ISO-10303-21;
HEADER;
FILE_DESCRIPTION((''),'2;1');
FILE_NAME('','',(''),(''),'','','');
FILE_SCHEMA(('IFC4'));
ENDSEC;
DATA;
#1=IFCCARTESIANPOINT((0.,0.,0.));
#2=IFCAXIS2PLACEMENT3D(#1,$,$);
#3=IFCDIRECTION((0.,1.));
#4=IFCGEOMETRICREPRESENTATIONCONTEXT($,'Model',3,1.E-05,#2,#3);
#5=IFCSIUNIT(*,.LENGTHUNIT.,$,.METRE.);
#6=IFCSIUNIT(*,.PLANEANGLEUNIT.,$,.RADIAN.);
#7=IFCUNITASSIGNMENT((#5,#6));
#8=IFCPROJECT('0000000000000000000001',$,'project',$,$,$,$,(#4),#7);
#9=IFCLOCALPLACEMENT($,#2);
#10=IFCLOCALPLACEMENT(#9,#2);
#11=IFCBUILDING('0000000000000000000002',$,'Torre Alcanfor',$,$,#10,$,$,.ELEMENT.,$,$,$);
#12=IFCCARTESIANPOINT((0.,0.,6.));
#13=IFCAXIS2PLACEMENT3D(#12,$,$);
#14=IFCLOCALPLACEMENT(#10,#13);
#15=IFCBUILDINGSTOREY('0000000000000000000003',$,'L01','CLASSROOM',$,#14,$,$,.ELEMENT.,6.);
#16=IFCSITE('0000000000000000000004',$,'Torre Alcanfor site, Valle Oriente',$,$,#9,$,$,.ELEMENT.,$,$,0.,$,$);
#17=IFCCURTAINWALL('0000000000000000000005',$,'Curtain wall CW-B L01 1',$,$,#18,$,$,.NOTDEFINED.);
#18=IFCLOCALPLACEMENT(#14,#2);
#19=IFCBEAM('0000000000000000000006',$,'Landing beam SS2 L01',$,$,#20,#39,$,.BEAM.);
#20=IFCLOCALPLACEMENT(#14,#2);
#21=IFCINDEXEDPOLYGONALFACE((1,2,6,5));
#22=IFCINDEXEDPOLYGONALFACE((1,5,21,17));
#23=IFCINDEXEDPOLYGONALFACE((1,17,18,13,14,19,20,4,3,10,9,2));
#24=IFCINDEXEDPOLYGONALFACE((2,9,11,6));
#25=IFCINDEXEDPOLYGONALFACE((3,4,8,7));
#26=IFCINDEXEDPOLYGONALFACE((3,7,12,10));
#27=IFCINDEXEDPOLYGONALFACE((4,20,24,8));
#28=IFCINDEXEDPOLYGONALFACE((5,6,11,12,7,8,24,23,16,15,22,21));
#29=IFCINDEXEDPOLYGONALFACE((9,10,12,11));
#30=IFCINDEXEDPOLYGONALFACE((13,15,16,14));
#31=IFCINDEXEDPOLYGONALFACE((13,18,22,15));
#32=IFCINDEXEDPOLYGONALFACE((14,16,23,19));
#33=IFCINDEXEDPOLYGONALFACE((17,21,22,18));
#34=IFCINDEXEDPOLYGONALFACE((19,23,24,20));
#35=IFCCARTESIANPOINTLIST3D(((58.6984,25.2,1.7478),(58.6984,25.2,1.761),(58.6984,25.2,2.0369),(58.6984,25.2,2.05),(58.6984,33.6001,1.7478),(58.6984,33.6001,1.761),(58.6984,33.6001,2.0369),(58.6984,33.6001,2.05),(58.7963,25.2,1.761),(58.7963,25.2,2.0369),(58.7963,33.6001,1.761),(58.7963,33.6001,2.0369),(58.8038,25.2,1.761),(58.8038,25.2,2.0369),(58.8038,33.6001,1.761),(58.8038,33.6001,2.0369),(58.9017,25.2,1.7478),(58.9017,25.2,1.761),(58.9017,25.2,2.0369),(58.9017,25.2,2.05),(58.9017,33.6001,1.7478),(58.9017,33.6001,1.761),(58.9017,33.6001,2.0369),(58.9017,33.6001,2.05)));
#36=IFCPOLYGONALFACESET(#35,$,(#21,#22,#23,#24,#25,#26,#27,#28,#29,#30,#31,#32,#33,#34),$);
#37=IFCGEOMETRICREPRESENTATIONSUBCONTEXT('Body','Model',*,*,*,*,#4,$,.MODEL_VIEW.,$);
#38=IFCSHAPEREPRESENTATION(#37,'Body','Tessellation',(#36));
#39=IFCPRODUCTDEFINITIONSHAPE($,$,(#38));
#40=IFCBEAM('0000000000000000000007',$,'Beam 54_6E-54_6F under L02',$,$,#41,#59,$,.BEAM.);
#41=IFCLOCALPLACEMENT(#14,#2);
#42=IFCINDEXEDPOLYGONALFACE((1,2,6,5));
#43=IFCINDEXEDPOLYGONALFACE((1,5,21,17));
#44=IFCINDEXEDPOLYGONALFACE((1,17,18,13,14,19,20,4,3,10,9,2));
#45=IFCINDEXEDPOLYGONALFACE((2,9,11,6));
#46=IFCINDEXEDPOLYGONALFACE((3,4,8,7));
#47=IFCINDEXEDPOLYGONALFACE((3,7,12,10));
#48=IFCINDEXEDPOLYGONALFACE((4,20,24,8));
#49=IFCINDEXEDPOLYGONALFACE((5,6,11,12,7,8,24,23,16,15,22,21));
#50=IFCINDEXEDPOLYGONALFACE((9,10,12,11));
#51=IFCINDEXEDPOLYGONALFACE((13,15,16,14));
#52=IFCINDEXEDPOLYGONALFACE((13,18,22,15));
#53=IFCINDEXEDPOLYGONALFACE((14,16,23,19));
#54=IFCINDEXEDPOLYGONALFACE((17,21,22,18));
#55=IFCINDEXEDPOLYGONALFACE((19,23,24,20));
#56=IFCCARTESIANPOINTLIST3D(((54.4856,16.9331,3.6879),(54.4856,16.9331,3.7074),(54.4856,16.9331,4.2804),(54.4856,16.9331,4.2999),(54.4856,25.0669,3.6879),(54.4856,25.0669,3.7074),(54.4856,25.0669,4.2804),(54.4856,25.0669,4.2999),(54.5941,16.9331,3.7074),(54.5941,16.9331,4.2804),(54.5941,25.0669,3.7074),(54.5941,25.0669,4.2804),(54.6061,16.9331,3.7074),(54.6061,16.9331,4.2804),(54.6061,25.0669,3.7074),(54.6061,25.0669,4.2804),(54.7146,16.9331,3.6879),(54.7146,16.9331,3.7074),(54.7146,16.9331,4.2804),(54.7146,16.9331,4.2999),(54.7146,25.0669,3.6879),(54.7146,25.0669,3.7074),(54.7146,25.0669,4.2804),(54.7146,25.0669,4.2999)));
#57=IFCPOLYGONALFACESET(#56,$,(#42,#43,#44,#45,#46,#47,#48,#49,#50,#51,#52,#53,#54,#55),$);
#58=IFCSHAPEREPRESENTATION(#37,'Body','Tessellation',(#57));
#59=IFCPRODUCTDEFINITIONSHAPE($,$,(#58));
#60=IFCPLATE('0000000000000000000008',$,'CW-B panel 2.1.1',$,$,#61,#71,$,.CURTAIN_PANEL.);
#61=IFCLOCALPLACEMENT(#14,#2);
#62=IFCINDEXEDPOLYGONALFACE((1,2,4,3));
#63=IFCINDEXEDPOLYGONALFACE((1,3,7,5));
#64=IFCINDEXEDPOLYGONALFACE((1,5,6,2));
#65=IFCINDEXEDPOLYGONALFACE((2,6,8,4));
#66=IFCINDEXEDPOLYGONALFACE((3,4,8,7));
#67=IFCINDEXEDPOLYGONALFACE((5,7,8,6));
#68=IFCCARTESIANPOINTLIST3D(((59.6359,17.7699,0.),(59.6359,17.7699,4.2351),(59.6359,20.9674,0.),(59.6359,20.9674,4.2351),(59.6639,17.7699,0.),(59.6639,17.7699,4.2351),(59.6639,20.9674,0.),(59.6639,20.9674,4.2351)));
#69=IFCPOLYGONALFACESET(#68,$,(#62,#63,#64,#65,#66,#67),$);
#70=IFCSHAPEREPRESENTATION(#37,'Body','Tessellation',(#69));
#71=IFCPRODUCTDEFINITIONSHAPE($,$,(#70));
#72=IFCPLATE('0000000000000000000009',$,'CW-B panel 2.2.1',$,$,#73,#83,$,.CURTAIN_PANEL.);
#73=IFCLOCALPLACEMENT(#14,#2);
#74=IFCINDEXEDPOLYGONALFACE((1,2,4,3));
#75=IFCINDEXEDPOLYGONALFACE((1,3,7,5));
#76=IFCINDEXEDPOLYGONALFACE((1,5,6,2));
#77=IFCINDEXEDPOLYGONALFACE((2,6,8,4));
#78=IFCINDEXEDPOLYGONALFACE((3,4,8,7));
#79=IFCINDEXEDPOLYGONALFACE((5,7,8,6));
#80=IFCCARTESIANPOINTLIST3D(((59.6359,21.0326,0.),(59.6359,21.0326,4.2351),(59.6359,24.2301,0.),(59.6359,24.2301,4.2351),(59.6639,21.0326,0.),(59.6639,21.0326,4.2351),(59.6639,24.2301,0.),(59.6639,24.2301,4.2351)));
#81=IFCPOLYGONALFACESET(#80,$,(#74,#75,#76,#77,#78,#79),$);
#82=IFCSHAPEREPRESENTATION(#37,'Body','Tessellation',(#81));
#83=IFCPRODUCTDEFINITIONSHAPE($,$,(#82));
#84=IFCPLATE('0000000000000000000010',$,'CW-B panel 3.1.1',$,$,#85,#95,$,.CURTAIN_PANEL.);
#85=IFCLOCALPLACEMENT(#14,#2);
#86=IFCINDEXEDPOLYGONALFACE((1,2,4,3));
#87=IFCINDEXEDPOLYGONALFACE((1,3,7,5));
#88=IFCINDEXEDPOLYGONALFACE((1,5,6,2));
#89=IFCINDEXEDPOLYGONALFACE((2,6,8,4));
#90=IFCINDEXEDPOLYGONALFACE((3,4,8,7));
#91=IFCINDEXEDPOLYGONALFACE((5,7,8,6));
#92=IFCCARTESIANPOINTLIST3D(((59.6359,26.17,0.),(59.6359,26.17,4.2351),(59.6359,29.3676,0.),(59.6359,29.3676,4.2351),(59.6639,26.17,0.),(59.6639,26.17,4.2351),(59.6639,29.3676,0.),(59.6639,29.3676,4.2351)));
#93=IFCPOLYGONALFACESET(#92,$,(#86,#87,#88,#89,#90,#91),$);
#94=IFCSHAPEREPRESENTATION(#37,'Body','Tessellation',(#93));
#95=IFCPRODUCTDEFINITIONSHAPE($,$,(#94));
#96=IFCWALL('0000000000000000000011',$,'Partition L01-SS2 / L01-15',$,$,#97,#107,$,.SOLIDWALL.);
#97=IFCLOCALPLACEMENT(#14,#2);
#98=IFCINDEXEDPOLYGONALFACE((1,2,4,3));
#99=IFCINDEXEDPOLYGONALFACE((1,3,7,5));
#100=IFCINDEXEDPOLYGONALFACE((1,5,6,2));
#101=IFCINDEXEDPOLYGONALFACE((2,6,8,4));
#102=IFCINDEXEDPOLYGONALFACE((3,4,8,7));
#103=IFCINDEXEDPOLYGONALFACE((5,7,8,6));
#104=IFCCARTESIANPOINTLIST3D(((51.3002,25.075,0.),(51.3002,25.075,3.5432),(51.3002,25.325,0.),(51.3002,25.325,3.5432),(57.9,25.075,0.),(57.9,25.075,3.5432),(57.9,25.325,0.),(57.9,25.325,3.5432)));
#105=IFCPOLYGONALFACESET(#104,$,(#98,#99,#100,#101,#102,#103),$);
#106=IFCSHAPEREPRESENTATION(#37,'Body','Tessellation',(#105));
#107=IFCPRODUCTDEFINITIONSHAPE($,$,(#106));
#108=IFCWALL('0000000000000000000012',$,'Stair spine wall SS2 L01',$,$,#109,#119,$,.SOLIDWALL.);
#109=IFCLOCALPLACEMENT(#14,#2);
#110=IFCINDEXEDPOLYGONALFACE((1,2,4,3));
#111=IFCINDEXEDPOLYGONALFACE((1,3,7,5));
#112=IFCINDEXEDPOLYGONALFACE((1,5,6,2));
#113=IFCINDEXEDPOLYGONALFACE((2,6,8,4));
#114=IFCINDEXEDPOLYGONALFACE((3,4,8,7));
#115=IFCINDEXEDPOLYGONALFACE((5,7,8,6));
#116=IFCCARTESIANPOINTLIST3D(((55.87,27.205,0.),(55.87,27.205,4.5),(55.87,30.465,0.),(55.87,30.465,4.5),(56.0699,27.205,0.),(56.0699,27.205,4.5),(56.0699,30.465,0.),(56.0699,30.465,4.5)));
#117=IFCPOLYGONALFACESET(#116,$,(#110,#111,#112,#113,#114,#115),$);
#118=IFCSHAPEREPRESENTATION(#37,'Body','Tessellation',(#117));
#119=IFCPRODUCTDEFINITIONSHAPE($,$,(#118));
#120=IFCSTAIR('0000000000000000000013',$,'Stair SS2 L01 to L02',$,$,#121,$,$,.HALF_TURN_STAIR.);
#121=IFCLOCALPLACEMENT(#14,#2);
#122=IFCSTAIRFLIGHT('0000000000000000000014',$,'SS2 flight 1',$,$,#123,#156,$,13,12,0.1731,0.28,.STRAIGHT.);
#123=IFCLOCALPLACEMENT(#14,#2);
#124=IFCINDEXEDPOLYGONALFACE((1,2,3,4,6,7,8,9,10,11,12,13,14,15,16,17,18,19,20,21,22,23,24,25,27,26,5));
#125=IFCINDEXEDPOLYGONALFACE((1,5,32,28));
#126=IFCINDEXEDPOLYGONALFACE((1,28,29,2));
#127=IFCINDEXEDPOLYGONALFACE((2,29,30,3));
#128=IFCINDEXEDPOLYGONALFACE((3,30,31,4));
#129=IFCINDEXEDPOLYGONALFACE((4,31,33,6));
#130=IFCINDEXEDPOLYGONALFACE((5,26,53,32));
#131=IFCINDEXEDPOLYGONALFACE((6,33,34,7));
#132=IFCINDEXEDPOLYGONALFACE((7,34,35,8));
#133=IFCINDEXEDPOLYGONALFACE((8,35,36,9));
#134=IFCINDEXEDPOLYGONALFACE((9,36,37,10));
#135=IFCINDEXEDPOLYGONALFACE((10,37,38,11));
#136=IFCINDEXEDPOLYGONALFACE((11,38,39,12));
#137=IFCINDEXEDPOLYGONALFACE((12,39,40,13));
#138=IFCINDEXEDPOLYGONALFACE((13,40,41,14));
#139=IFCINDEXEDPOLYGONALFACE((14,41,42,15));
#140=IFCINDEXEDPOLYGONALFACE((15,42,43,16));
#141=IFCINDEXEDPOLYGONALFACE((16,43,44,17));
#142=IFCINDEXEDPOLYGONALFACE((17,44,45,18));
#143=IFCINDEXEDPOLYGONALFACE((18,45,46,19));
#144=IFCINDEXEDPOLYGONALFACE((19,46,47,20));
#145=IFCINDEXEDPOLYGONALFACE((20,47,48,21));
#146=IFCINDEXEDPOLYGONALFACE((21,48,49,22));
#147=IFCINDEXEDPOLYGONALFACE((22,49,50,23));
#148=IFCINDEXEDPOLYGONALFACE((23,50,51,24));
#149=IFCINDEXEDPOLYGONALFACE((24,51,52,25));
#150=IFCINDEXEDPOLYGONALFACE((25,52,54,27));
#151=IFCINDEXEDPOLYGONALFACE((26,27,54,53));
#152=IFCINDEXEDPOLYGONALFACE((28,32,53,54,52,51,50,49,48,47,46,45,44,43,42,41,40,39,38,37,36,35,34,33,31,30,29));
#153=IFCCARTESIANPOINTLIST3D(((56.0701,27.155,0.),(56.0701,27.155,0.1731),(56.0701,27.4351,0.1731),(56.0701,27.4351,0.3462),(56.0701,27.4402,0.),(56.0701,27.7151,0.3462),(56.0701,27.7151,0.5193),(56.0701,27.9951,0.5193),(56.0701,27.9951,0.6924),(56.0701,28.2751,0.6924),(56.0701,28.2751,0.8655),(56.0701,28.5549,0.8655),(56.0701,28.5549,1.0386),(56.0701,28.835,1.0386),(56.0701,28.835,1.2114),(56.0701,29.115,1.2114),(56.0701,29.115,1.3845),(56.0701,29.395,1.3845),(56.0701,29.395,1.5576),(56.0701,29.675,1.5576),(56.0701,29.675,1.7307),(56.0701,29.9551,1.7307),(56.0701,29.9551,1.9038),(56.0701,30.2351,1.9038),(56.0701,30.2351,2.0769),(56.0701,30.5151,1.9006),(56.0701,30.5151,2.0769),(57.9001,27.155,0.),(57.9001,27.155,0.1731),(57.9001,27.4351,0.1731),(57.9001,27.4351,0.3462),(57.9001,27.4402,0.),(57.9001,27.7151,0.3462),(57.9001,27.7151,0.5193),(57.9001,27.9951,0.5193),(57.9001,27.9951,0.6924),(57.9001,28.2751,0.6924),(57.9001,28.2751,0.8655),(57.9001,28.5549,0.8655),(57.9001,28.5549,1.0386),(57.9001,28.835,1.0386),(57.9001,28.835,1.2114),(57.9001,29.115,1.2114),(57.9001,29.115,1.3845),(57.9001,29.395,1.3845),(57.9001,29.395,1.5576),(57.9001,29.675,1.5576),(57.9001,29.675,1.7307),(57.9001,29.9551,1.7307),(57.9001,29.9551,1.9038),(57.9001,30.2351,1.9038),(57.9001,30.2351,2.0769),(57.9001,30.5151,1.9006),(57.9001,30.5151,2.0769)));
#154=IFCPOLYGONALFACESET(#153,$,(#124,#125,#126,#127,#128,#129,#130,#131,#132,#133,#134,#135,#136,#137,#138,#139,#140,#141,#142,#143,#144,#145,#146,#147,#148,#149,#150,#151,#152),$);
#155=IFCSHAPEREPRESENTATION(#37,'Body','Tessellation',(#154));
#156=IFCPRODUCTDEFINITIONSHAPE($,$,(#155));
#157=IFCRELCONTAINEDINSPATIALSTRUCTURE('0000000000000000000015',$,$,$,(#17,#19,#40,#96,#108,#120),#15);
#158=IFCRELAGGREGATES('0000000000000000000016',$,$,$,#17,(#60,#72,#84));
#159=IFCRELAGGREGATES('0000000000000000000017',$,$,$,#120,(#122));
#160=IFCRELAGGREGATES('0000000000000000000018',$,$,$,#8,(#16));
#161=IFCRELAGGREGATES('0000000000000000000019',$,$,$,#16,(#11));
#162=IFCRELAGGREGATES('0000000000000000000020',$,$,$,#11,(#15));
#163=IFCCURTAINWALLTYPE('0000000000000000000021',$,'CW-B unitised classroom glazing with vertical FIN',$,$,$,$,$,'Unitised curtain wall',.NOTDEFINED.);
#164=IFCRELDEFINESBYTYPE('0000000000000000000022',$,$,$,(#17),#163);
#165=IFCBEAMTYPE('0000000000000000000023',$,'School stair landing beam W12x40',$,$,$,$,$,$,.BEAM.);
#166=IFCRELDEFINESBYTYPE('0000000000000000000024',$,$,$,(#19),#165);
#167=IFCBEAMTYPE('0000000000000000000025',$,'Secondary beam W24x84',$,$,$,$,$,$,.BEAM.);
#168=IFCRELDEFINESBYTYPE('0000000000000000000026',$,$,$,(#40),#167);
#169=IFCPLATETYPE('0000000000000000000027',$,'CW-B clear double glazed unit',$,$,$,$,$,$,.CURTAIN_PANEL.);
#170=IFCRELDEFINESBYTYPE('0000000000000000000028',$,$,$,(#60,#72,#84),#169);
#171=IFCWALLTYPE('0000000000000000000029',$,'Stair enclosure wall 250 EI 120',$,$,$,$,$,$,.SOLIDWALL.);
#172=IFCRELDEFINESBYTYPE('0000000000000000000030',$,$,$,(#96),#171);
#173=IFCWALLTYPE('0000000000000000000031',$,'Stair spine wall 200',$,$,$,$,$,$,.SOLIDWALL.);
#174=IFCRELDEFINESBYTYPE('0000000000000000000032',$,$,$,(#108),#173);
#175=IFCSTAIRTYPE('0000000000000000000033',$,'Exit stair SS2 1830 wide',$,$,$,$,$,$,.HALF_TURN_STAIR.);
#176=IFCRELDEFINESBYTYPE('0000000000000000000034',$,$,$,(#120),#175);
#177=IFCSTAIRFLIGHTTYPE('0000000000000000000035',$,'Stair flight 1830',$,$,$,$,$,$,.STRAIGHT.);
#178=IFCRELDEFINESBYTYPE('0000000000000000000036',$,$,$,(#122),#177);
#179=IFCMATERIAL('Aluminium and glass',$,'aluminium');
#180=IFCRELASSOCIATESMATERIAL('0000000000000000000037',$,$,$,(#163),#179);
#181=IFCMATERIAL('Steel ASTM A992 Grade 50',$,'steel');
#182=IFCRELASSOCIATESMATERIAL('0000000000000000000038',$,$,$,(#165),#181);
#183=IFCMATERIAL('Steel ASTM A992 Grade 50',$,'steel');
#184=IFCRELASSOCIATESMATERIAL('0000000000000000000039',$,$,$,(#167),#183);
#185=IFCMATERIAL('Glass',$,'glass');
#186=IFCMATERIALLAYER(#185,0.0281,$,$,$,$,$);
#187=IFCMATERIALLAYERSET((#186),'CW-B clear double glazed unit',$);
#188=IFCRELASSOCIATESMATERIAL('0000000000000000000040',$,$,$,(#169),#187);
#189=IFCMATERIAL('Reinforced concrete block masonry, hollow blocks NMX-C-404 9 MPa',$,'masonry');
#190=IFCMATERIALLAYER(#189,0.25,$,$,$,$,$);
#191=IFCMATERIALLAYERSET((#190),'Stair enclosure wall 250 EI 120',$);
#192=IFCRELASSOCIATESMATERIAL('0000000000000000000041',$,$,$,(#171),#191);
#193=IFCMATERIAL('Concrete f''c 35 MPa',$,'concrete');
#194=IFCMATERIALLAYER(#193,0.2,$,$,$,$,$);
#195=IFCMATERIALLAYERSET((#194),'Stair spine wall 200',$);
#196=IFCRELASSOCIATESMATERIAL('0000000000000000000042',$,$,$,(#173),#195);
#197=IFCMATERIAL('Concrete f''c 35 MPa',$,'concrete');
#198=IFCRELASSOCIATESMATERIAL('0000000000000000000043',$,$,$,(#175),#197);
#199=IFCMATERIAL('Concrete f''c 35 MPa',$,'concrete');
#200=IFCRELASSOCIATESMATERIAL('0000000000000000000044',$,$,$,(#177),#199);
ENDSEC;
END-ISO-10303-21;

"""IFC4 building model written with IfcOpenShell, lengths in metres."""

from ifc_helpers import new_model, si_unit, direction, frame, frame_2d, origin, origin_2d, place, context, subcontext, project, spatial, polyline, rectangle, i_section, outline, extrude, material, layer, layer_set, material_profile, profile_set, type_object, element, aggregate, save


model = new_model("IFC4")

# Units and contexts
model_context = context("Model", 3, precision=1e-05, world=origin(), true_north=direction((0.0, 1.0)))
body_context = subcontext(model_context, "Body", "Model", "MODEL_VIEW")
ifc_project = project(units=[si_unit("LENGTHUNIT", "METRE"), si_unit("PLANEANGLEUNIT", "RADIAN")], contexts=[model_context])

# Site, building, storey
site_placement = place(None, origin())
site = spatial("IfcSite", under=ifc_project, at=site_placement, Name="Torre Alcanfor site, Valle Oriente", CompositionType="ELEMENT", RefElevation=0.0)
building_placement = place(site_placement, origin())
building = spatial("IfcBuilding", under=site, at=building_placement, Name="Torre Alcanfor", CompositionType="ELEMENT")
storey_placement = place(building_placement, frame((0.0, 0.0, 6.0)))
storey = spatial("IfcBuildingStorey", under=building, at=storey_placement, Name="L01", Description="CLASSROOM", CompositionType="ELEMENT", Elevation=6.0)

# Curtain wall
ifc_material_1 = material(Name="Aluminium and glass", Category="aluminium")
curtain_wall_type = type_object("IfcCurtainWallType", Name="CW-B unitised classroom glazing with vertical FIN", ElementType="Unitised curtain wall", PredefinedType="NOTDEFINED", material=ifc_material_1)
curtain_wall_placement = place(storey_placement, origin())
curtain_wall = element("IfcCurtainWall", 1, at=curtain_wall_placement, inside=storey, type_object=curtain_wall_type, Name="Curtain wall CW-B L01 1", PredefinedType="NOTDEFINED")

# Beams
ifc_material_2 = material(Name="Steel ASTM A992 Grade 50", Category="steel")
ifc_material_profile_1 = material_profile(ifc_material_2, i_section(OverallWidth=0.2034, OverallDepth=0.3022, WebThickness=0.0076, FlangeThickness=0.0132, at=origin_2d()), Name="W12x40")
ifc_profile_set_1 = profile_set([ifc_material_profile_1], Name="Steel ASTM A992 Grade 50")
beam_type_1 = type_object("IfcBeamType", Name="School stair landing beam W12x40", PredefinedType="BEAM", material=ifc_profile_set_1)
beam_1_placement = place(storey_placement, frame((58.8, 25.2, 1.8989), z_axis=(0.0, 1.0, 0.0), x_axis=(-1.0, 0.0, 0.0)))
element("IfcBeam", 2, at=beam_1_placement, inside=storey, type_object=beam_type_1, Name="Landing beam SS2 L01", PredefinedType="BEAM", context=body_context, shape_type="SweptSolid", body=[
    extrude(i_section(OverallWidth=0.2034, OverallDepth=0.3022, WebThickness=0.0076, FlangeThickness=0.0132, at=origin_2d()), origin(), (0.0, 0.0, 1.0), 8.4001),
])
ifc_material_3 = material(Name="Steel ASTM A992 Grade 50", Category="steel")
ifc_material_profile_2 = material_profile(ifc_material_3, i_section(OverallWidth=0.229, OverallDepth=0.6121, WebThickness=0.012, FlangeThickness=0.0195, at=origin_2d()), Name="W24x84")
ifc_profile_set_2 = profile_set([ifc_material_profile_2], Name="Steel ASTM A992 Grade 50")
beam_type_2 = type_object("IfcBeamType", Name="Secondary beam W24x84", PredefinedType="BEAM", material=ifc_profile_set_2)
beam_2_placement = place(storey_placement, frame((54.6001, 16.9331, 3.9939), z_axis=(0.0, 1.0, 0.0), x_axis=(-1.0, 0.0, 0.0)))
element("IfcBeam", 3, at=beam_2_placement, inside=storey, type_object=beam_type_2, Name="Beam 54_6E-54_6F under L02", PredefinedType="BEAM", context=body_context, shape_type="SweptSolid", body=[
    extrude(i_section(OverallWidth=0.229, OverallDepth=0.6121, WebThickness=0.012, FlangeThickness=0.0195, at=origin_2d()), origin(), (0.0, 0.0, 1.0), 8.1338),
])

# Plates
ifc_material_4 = material(Name="Glass", Category="glass")
ifc_layer_1 = layer(ifc_material_4, 0.0281)
ifc_layer_set_1 = layer_set([ifc_layer_1], Name="CW-B clear double glazed unit")
plate_type = type_object("IfcPlateType", Name="CW-B clear double glazed unit", PredefinedType="CURTAIN_PANEL", material=ifc_layer_set_1)
plate_1_placement = place(storey_placement, frame((59.6499, 19.3687, 0.0), z_axis=(0.0, 0.0, 1.0), x_axis=(0.0, 1.0, 0.0)))
plate_1 = element("IfcPlate", 4, at=plate_1_placement, type_object=plate_type, Name="CW-B panel 2.1.1", PredefinedType="CURTAIN_PANEL", context=body_context, shape_type="SweptSolid", body=[
    extrude(rectangle(XDim=3.1975, YDim=0.0281, at=origin_2d()), origin(), (0.0, 0.0, 1.0), 4.2351),
])
plate_2_placement = place(storey_placement, frame((59.6499, 22.6313, 0.0), z_axis=(0.0, 0.0, 1.0), x_axis=(0.0, 1.0, 0.0)))
plate_2 = element("IfcPlate", 5, at=plate_2_placement, type_object=plate_type, Name="CW-B panel 2.2.1", PredefinedType="CURTAIN_PANEL", context=body_context, shape_type="SweptSolid", body=[
    extrude(rectangle(XDim=3.1975, YDim=0.0281, at=origin_2d()), origin(), (0.0, 0.0, 1.0), 4.2351),
])
plate_3_placement = place(storey_placement, frame((59.6499, 27.7688, 0.0), z_axis=(0.0, 0.0, 1.0), x_axis=(0.0, 1.0, 0.0)))
plate_3 = element("IfcPlate", 6, at=plate_3_placement, type_object=plate_type, Name="CW-B panel 3.1.1", PredefinedType="CURTAIN_PANEL", context=body_context, shape_type="SweptSolid", body=[
    extrude(rectangle(XDim=3.1975, YDim=0.0281, at=origin_2d()), origin(), (0.0, 0.0, 1.0), 4.2351),
])
aggregate(curtain_wall, [plate_1, plate_2, plate_3])

# Walls
ifc_material_5 = material(Name="Reinforced concrete block masonry, hollow blocks NMX-C-404 9 MPa", Category="masonry")
ifc_layer_2 = layer(ifc_material_5, 0.25)
ifc_layer_set_2 = layer_set([ifc_layer_2], Name="Stair enclosure wall 250 EI 120")
wall_type_1 = type_object("IfcWallType", Name="Stair enclosure wall 250 EI 120", PredefinedType="SOLIDWALL", material=ifc_layer_set_2)
wall_1_placement = place(storey_placement, frame((57.8999, 25.2, 0.0), z_axis=(0.0, 0.0, 1.0), x_axis=(-1.0, 0.0, 0.0)))
element("IfcWall", 7, at=wall_1_placement, inside=storey, type_object=wall_type_1, Name="Partition L01-SS2 / L01-15", PredefinedType="SOLIDWALL", context=body_context, shape_type="SweptSolid", body=[
    extrude(rectangle(XDim=6.5999, YDim=0.25, at=frame_2d((3.2998, 0.0))), origin(), (0.0, 0.0, 1.0), 3.5432),
])
ifc_material_6 = material(Name="Concrete f'c 35 MPa", Category="concrete")
ifc_layer_3 = layer(ifc_material_6, 0.2)
ifc_layer_set_3 = layer_set([ifc_layer_3], Name="Stair spine wall 200")
wall_type_2 = type_object("IfcWallType", Name="Stair spine wall 200", PredefinedType="SOLIDWALL", material=ifc_layer_set_3)
wall_2_placement = place(storey_placement, frame((55.97, 27.2051, 0.0), z_axis=(0.0, 0.0, 1.0), x_axis=(0.0, 1.0, 0.0)))
element("IfcWall", 8, at=wall_2_placement, inside=storey, type_object=wall_type_2, Name="Stair spine wall SS2 L01", PredefinedType="SOLIDWALL", context=body_context, shape_type="SweptSolid", body=[
    extrude(rectangle(XDim=3.26, YDim=0.2, at=frame_2d((1.6299, 0.0))), origin(), (0.0, 0.0, 1.0), 4.5),
])

# Stair, stair flight
ifc_material_7 = material(Name="Concrete f'c 35 MPa", Category="concrete")
stair_type = type_object("IfcStairType", Name="Exit stair SS2 1830 wide", PredefinedType="HALF_TURN_STAIR", material=ifc_material_7)
stair_placement = place(storey_placement, origin())
stair = element("IfcStair", 9, at=stair_placement, inside=storey, type_object=stair_type, Name="Stair SS2 L01 to L02", PredefinedType="HALF_TURN_STAIR")
ifc_material_8 = material(Name="Concrete f'c 35 MPa", Category="concrete")
stair_flight_type = type_object("IfcStairFlightType", Name="Stair flight 1830", PredefinedType="STRAIGHT", material=ifc_material_8)
stair_flight_placement = place(storey_placement, frame((56.9851, 27.155, 0.0), z_axis=(0.0, 0.0, 1.0), x_axis=(0.0, 1.0, 0.0)))
stair_flight = element("IfcStairFlight", 10, at=stair_flight_placement, type_object=stair_flight_type, Name="SS2 flight 1", NumberOfRisers=13, NumberOfTreads=12, PredefinedType="STRAIGHT", RiserHeight=0.1731, TreadLength=0.28, context=body_context, shape_type="SweptSolid", body=[
    extrude(outline(polyline([(0.0, 0.0), (0.0, 0.1731), (0.28, 0.1731), (0.28, 0.3462), (0.5601, 0.3462), (0.5601, 0.5193), (0.8401, 0.5193), (0.8401, 0.6924), (1.1201, 0.6924), (1.1201, 0.8655), (1.3999, 0.8655), (1.3999, 1.0386), (1.6799, 1.0386), (1.6799, 1.2114), (1.96, 1.2114), (1.96, 1.3845), (2.24, 1.3845), (2.24, 1.5576), (2.52, 1.5576), (2.52, 1.7307), (2.8, 1.7307), (2.8, 1.9038), (3.0801, 1.9038), (3.0801, 2.0769), (3.3601, 2.0769), (3.3601, 2.25), (3.3601, 1.9006), (0.2852, 0.0), (0.0, 0.0)])), frame((0.0, 0.915, 0.0), z_axis=(0.0, -1.0, 0.0), x_axis=(1.0, 0.0, 0.0)), (0.0, 0.0, 1.0), 1.8301),
])
aggregate(stair, [stair_flight])

save(model, "model.ifc")
